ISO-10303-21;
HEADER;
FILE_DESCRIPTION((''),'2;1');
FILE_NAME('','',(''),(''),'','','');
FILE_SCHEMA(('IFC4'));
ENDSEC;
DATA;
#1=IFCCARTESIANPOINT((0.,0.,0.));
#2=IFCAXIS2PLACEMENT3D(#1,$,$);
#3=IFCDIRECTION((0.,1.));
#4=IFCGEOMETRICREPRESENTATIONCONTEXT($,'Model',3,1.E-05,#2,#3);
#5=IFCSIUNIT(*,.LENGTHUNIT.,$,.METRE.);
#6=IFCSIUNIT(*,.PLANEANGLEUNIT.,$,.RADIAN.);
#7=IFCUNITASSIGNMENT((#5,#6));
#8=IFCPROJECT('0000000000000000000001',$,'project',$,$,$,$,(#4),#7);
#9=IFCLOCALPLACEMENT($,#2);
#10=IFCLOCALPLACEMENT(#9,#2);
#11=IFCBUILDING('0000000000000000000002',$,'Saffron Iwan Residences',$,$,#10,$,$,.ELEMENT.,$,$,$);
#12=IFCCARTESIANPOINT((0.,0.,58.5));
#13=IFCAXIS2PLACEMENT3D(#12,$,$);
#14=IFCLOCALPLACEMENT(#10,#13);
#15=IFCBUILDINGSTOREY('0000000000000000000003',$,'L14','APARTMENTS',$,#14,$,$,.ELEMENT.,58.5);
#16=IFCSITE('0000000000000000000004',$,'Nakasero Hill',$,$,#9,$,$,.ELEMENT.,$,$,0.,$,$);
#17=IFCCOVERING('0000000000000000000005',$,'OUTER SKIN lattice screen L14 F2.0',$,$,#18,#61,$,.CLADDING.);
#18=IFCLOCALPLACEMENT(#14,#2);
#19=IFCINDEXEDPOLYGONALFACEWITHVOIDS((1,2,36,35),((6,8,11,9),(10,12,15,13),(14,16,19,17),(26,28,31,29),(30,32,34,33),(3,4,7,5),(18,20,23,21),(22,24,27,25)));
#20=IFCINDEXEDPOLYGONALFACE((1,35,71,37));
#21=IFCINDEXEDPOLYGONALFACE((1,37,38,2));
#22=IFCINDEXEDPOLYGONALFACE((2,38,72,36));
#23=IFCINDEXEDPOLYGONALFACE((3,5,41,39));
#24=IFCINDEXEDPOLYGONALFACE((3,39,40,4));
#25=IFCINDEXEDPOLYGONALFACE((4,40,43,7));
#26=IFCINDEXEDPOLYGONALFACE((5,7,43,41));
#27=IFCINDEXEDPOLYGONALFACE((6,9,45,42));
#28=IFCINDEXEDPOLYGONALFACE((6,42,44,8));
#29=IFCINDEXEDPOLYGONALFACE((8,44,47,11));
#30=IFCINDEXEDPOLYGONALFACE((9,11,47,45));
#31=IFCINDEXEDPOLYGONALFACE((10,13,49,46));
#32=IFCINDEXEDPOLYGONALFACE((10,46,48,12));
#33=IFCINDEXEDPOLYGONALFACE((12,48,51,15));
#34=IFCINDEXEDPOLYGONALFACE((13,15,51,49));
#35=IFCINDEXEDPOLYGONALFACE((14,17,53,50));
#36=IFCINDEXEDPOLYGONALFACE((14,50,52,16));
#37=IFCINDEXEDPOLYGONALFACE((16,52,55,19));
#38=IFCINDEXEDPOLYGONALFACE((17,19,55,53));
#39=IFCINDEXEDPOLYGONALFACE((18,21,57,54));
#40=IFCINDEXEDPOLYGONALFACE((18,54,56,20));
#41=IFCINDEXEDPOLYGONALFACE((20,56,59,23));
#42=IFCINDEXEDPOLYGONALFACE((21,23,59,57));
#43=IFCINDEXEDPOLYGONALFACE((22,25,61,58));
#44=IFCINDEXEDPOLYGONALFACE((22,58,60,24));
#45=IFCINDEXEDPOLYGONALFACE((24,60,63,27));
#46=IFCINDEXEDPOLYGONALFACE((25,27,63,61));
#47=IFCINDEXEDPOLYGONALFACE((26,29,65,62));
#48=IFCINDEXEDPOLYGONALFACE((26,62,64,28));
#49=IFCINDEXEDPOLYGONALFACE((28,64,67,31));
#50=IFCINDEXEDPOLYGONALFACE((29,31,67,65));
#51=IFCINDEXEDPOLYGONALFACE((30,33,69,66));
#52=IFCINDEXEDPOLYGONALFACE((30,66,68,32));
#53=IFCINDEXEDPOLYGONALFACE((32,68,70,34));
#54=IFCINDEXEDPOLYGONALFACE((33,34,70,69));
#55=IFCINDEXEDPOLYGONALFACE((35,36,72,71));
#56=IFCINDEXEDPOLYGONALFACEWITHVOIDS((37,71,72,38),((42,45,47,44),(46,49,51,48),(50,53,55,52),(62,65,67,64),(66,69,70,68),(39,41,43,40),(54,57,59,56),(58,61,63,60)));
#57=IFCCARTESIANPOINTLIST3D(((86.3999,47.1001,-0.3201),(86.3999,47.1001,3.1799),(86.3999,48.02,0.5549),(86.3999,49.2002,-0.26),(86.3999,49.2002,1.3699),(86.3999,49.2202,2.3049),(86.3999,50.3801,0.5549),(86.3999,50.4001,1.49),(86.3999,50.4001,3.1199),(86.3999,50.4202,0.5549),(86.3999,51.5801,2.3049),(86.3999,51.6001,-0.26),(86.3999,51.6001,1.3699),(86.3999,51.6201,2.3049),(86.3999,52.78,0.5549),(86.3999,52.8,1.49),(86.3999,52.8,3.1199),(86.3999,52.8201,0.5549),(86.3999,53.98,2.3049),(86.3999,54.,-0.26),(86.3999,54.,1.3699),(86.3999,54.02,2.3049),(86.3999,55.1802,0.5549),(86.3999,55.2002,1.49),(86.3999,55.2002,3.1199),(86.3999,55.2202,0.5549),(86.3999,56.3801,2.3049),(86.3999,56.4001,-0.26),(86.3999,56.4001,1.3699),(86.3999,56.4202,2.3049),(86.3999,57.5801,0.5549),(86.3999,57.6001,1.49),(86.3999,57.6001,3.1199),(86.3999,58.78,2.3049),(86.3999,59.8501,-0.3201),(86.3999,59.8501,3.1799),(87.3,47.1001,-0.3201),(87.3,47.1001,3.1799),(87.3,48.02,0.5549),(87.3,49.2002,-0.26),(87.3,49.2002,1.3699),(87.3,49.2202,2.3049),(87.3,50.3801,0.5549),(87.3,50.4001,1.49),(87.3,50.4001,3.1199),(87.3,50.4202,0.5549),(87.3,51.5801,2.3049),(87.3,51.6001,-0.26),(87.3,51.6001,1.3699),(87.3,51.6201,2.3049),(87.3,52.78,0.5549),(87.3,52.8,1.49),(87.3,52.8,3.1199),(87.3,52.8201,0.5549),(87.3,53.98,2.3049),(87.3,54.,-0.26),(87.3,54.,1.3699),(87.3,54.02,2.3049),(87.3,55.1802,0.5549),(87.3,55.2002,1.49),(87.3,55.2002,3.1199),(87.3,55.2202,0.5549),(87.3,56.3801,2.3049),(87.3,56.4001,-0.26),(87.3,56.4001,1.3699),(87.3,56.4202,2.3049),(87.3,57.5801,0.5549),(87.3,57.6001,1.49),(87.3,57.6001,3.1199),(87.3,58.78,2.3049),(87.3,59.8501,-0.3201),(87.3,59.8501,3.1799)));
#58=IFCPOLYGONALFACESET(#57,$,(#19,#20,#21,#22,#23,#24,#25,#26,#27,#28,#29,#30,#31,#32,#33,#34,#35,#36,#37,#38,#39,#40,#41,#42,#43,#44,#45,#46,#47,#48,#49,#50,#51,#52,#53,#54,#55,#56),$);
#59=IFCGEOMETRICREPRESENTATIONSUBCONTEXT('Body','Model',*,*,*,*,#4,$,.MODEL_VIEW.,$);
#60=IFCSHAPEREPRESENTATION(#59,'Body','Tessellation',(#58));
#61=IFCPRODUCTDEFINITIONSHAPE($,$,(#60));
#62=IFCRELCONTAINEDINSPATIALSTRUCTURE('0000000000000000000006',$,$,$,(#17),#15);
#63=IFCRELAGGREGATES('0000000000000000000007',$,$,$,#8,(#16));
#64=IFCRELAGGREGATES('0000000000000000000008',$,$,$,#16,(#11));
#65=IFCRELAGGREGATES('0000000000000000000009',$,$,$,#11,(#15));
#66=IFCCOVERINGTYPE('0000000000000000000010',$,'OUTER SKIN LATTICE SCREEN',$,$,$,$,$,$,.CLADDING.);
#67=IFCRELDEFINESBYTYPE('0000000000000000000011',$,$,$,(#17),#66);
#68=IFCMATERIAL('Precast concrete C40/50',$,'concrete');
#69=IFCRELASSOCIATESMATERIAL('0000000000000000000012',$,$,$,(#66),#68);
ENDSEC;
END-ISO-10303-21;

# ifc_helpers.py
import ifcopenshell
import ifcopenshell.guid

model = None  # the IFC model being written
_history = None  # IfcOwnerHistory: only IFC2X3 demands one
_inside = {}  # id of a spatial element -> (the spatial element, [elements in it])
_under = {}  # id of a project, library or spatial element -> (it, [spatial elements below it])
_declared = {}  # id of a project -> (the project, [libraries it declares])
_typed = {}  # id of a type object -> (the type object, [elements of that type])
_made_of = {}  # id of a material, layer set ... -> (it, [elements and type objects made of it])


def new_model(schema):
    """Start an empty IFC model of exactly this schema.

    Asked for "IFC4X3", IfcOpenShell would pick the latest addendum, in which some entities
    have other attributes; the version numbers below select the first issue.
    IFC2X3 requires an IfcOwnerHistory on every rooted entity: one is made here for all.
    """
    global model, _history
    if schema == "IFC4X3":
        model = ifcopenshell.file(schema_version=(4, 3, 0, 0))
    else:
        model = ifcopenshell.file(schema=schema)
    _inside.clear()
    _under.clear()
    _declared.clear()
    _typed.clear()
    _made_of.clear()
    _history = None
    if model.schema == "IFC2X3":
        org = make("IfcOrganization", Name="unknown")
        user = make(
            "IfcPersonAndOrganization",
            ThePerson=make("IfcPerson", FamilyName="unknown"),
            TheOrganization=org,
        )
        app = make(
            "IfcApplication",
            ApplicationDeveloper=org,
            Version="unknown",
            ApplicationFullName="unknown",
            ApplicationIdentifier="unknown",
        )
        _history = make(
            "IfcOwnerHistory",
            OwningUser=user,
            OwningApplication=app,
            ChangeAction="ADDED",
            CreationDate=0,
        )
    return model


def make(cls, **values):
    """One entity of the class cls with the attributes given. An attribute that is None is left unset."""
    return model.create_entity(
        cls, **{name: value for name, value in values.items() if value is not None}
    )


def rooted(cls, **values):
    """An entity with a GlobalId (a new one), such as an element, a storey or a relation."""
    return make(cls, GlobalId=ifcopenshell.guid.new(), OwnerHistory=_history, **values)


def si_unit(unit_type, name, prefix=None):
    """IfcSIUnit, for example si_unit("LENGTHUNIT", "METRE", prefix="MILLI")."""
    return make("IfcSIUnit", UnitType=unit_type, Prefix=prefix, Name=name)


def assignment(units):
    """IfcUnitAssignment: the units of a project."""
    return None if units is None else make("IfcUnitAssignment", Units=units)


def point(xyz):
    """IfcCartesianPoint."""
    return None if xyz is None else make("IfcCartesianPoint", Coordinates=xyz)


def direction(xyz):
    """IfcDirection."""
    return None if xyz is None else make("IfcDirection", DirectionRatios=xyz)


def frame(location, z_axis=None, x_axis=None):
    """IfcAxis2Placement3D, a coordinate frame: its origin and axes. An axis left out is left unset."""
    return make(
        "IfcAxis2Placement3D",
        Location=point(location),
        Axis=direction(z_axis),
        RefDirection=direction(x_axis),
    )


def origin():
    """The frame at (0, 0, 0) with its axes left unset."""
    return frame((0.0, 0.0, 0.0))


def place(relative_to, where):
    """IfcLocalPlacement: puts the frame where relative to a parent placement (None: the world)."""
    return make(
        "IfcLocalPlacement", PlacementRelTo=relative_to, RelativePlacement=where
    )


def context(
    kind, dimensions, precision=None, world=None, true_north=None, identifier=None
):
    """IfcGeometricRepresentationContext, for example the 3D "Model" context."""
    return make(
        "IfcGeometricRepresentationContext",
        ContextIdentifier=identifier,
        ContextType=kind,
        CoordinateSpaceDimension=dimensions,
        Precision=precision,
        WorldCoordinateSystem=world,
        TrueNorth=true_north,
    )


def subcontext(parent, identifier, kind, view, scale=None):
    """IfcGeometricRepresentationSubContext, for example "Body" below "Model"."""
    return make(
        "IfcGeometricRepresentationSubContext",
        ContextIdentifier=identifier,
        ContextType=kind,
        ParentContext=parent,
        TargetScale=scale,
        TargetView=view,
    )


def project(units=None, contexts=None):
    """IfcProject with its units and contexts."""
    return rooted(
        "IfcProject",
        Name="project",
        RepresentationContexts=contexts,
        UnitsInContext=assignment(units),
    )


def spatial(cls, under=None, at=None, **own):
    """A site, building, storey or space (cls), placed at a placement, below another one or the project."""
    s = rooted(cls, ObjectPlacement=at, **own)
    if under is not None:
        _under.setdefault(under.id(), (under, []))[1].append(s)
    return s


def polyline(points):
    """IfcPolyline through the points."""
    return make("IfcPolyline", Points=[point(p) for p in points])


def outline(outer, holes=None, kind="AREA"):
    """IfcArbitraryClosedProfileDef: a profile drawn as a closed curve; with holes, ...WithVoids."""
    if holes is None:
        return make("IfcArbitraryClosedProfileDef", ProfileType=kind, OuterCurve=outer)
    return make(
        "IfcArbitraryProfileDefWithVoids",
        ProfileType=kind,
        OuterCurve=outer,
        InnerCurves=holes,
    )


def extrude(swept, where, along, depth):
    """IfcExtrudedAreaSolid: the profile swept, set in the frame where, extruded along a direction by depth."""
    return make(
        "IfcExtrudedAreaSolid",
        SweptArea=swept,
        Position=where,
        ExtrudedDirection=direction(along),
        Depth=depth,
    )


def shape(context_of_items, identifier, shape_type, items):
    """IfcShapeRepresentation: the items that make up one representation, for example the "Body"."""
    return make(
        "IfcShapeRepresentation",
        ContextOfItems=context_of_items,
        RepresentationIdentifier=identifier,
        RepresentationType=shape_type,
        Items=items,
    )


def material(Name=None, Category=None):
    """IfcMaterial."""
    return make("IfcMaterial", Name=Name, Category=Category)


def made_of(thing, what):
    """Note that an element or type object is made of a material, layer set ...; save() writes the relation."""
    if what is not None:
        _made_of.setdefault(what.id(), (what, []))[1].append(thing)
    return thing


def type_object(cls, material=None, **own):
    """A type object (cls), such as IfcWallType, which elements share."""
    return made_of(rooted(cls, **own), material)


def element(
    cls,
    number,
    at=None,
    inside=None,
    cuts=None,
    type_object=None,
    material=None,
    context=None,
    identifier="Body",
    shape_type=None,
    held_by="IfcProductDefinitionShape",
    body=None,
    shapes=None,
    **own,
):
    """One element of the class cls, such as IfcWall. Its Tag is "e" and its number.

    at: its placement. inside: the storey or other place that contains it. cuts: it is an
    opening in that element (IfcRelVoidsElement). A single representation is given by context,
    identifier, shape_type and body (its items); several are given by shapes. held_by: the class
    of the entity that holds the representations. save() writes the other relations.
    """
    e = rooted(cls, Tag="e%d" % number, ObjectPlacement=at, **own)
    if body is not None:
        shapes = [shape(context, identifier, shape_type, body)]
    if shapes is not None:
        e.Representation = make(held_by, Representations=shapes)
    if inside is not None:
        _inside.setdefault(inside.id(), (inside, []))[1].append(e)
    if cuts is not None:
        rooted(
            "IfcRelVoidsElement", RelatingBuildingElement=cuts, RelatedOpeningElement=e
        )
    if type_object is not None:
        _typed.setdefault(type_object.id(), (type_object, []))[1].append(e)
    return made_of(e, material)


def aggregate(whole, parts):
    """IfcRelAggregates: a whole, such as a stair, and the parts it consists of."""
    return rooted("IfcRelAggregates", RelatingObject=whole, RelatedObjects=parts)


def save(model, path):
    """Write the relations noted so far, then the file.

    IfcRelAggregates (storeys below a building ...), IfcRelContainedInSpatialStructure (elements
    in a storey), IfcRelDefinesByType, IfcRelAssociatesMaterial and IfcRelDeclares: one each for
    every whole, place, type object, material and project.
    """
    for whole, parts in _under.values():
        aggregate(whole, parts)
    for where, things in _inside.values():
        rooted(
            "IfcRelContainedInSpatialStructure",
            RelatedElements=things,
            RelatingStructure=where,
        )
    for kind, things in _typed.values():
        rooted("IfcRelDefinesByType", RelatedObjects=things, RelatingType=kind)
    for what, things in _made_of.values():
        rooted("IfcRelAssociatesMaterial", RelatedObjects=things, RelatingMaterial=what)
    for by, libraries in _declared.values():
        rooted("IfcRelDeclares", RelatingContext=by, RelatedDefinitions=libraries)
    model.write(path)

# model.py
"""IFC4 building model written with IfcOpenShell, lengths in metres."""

from ifc_helpers import new_model, si_unit, direction, frame, origin, place, context, subcontext, project, spatial, polyline, outline, extrude, material, type_object, element, save


model = new_model("IFC4")

# Units and contexts
model_context = context("Model", 3, precision=1e-05, world=origin(), true_north=direction((0.0, 1.0)))
body_context = subcontext(model_context, "Body", "Model", "MODEL_VIEW")
ifc_project = project(units=[si_unit("LENGTHUNIT", "METRE"), si_unit("PLANEANGLEUNIT", "RADIAN")], contexts=[model_context])

# Site, building, storey
site_placement = place(None, origin())
site = spatial("IfcSite", under=ifc_project, at=site_placement, Name="Nakasero Hill", CompositionType="ELEMENT", RefElevation=0.0)
building_placement = place(site_placement, origin())
building = spatial("IfcBuilding", under=site, at=building_placement, Name="Saffron Iwan Residences", CompositionType="ELEMENT")
storey_placement = place(building_placement, frame((0.0, 0.0, 58.5)))
storey = spatial("IfcBuildingStorey", under=building, at=storey_placement, Name="L14", Description="APARTMENTS", CompositionType="ELEMENT", Elevation=58.5)

# Covering
ifc_material_1 = material(Name="Precast concrete C40/50", Category="concrete")
covering_type = type_object("IfcCoveringType", Name="OUTER SKIN LATTICE SCREEN", PredefinedType="CLADDING", material=ifc_material_1)
covering_1_placement = place(storey_placement, frame((86.3999, 47.1001, -0.3201), z_axis=(1.0, 0.0, 0.0), x_axis=(0.0, 1.0, 0.0)))
element("IfcCovering", 1, at=covering_1_placement, inside=storey, type_object=covering_type, Name="OUTER SKIN lattice screen L14 F2.0", PredefinedType="CLADDING", context=body_context, shape_type="SweptSolid", body=[
    extrude(outline(polyline([(0.0, 0.0), (12.75, 0.0), (12.75, 3.5), (0.0, 3.5), (0.0, 0.0)]), holes=[polyline([(0.9199, 0.875), (2.1001, 0.0601), (3.28, 0.875), (2.1001, 1.6899), (0.9199, 0.875)]), polyline([(3.3201, 0.875), (4.5, 0.0601), (5.6799, 0.875), (4.5, 1.6899), (3.3201, 0.875)]), polyline([(5.72, 0.875), (6.8999, 0.0601), (8.0801, 0.875), (6.8999, 1.6899), (5.72, 0.875)]), polyline([(8.1201, 0.875), (9.3, 0.0601), (10.48, 0.875), (9.3, 1.6899), (8.1201, 0.875)]), polyline([(2.1201, 2.625), (3.3, 1.8101), (4.48, 2.625), (3.3, 3.4399), (2.1201, 2.625)]), polyline([(4.52, 2.625), (5.7, 1.8101), (6.8799, 2.625), (5.7, 3.4399), (4.52, 2.625)]), polyline([(6.9199, 2.625), (8.1001, 1.8101), (9.28, 2.625), (8.1001, 3.4399), (6.9199, 2.625)]), polyline([(9.3201, 2.625), (10.5, 1.8101), (11.6799, 2.625), (10.5, 3.4399), (9.3201, 2.625)])]), origin(), (0.0, 0.0, 1.0), 0.9001),
])

save(model, "model.ifc")
